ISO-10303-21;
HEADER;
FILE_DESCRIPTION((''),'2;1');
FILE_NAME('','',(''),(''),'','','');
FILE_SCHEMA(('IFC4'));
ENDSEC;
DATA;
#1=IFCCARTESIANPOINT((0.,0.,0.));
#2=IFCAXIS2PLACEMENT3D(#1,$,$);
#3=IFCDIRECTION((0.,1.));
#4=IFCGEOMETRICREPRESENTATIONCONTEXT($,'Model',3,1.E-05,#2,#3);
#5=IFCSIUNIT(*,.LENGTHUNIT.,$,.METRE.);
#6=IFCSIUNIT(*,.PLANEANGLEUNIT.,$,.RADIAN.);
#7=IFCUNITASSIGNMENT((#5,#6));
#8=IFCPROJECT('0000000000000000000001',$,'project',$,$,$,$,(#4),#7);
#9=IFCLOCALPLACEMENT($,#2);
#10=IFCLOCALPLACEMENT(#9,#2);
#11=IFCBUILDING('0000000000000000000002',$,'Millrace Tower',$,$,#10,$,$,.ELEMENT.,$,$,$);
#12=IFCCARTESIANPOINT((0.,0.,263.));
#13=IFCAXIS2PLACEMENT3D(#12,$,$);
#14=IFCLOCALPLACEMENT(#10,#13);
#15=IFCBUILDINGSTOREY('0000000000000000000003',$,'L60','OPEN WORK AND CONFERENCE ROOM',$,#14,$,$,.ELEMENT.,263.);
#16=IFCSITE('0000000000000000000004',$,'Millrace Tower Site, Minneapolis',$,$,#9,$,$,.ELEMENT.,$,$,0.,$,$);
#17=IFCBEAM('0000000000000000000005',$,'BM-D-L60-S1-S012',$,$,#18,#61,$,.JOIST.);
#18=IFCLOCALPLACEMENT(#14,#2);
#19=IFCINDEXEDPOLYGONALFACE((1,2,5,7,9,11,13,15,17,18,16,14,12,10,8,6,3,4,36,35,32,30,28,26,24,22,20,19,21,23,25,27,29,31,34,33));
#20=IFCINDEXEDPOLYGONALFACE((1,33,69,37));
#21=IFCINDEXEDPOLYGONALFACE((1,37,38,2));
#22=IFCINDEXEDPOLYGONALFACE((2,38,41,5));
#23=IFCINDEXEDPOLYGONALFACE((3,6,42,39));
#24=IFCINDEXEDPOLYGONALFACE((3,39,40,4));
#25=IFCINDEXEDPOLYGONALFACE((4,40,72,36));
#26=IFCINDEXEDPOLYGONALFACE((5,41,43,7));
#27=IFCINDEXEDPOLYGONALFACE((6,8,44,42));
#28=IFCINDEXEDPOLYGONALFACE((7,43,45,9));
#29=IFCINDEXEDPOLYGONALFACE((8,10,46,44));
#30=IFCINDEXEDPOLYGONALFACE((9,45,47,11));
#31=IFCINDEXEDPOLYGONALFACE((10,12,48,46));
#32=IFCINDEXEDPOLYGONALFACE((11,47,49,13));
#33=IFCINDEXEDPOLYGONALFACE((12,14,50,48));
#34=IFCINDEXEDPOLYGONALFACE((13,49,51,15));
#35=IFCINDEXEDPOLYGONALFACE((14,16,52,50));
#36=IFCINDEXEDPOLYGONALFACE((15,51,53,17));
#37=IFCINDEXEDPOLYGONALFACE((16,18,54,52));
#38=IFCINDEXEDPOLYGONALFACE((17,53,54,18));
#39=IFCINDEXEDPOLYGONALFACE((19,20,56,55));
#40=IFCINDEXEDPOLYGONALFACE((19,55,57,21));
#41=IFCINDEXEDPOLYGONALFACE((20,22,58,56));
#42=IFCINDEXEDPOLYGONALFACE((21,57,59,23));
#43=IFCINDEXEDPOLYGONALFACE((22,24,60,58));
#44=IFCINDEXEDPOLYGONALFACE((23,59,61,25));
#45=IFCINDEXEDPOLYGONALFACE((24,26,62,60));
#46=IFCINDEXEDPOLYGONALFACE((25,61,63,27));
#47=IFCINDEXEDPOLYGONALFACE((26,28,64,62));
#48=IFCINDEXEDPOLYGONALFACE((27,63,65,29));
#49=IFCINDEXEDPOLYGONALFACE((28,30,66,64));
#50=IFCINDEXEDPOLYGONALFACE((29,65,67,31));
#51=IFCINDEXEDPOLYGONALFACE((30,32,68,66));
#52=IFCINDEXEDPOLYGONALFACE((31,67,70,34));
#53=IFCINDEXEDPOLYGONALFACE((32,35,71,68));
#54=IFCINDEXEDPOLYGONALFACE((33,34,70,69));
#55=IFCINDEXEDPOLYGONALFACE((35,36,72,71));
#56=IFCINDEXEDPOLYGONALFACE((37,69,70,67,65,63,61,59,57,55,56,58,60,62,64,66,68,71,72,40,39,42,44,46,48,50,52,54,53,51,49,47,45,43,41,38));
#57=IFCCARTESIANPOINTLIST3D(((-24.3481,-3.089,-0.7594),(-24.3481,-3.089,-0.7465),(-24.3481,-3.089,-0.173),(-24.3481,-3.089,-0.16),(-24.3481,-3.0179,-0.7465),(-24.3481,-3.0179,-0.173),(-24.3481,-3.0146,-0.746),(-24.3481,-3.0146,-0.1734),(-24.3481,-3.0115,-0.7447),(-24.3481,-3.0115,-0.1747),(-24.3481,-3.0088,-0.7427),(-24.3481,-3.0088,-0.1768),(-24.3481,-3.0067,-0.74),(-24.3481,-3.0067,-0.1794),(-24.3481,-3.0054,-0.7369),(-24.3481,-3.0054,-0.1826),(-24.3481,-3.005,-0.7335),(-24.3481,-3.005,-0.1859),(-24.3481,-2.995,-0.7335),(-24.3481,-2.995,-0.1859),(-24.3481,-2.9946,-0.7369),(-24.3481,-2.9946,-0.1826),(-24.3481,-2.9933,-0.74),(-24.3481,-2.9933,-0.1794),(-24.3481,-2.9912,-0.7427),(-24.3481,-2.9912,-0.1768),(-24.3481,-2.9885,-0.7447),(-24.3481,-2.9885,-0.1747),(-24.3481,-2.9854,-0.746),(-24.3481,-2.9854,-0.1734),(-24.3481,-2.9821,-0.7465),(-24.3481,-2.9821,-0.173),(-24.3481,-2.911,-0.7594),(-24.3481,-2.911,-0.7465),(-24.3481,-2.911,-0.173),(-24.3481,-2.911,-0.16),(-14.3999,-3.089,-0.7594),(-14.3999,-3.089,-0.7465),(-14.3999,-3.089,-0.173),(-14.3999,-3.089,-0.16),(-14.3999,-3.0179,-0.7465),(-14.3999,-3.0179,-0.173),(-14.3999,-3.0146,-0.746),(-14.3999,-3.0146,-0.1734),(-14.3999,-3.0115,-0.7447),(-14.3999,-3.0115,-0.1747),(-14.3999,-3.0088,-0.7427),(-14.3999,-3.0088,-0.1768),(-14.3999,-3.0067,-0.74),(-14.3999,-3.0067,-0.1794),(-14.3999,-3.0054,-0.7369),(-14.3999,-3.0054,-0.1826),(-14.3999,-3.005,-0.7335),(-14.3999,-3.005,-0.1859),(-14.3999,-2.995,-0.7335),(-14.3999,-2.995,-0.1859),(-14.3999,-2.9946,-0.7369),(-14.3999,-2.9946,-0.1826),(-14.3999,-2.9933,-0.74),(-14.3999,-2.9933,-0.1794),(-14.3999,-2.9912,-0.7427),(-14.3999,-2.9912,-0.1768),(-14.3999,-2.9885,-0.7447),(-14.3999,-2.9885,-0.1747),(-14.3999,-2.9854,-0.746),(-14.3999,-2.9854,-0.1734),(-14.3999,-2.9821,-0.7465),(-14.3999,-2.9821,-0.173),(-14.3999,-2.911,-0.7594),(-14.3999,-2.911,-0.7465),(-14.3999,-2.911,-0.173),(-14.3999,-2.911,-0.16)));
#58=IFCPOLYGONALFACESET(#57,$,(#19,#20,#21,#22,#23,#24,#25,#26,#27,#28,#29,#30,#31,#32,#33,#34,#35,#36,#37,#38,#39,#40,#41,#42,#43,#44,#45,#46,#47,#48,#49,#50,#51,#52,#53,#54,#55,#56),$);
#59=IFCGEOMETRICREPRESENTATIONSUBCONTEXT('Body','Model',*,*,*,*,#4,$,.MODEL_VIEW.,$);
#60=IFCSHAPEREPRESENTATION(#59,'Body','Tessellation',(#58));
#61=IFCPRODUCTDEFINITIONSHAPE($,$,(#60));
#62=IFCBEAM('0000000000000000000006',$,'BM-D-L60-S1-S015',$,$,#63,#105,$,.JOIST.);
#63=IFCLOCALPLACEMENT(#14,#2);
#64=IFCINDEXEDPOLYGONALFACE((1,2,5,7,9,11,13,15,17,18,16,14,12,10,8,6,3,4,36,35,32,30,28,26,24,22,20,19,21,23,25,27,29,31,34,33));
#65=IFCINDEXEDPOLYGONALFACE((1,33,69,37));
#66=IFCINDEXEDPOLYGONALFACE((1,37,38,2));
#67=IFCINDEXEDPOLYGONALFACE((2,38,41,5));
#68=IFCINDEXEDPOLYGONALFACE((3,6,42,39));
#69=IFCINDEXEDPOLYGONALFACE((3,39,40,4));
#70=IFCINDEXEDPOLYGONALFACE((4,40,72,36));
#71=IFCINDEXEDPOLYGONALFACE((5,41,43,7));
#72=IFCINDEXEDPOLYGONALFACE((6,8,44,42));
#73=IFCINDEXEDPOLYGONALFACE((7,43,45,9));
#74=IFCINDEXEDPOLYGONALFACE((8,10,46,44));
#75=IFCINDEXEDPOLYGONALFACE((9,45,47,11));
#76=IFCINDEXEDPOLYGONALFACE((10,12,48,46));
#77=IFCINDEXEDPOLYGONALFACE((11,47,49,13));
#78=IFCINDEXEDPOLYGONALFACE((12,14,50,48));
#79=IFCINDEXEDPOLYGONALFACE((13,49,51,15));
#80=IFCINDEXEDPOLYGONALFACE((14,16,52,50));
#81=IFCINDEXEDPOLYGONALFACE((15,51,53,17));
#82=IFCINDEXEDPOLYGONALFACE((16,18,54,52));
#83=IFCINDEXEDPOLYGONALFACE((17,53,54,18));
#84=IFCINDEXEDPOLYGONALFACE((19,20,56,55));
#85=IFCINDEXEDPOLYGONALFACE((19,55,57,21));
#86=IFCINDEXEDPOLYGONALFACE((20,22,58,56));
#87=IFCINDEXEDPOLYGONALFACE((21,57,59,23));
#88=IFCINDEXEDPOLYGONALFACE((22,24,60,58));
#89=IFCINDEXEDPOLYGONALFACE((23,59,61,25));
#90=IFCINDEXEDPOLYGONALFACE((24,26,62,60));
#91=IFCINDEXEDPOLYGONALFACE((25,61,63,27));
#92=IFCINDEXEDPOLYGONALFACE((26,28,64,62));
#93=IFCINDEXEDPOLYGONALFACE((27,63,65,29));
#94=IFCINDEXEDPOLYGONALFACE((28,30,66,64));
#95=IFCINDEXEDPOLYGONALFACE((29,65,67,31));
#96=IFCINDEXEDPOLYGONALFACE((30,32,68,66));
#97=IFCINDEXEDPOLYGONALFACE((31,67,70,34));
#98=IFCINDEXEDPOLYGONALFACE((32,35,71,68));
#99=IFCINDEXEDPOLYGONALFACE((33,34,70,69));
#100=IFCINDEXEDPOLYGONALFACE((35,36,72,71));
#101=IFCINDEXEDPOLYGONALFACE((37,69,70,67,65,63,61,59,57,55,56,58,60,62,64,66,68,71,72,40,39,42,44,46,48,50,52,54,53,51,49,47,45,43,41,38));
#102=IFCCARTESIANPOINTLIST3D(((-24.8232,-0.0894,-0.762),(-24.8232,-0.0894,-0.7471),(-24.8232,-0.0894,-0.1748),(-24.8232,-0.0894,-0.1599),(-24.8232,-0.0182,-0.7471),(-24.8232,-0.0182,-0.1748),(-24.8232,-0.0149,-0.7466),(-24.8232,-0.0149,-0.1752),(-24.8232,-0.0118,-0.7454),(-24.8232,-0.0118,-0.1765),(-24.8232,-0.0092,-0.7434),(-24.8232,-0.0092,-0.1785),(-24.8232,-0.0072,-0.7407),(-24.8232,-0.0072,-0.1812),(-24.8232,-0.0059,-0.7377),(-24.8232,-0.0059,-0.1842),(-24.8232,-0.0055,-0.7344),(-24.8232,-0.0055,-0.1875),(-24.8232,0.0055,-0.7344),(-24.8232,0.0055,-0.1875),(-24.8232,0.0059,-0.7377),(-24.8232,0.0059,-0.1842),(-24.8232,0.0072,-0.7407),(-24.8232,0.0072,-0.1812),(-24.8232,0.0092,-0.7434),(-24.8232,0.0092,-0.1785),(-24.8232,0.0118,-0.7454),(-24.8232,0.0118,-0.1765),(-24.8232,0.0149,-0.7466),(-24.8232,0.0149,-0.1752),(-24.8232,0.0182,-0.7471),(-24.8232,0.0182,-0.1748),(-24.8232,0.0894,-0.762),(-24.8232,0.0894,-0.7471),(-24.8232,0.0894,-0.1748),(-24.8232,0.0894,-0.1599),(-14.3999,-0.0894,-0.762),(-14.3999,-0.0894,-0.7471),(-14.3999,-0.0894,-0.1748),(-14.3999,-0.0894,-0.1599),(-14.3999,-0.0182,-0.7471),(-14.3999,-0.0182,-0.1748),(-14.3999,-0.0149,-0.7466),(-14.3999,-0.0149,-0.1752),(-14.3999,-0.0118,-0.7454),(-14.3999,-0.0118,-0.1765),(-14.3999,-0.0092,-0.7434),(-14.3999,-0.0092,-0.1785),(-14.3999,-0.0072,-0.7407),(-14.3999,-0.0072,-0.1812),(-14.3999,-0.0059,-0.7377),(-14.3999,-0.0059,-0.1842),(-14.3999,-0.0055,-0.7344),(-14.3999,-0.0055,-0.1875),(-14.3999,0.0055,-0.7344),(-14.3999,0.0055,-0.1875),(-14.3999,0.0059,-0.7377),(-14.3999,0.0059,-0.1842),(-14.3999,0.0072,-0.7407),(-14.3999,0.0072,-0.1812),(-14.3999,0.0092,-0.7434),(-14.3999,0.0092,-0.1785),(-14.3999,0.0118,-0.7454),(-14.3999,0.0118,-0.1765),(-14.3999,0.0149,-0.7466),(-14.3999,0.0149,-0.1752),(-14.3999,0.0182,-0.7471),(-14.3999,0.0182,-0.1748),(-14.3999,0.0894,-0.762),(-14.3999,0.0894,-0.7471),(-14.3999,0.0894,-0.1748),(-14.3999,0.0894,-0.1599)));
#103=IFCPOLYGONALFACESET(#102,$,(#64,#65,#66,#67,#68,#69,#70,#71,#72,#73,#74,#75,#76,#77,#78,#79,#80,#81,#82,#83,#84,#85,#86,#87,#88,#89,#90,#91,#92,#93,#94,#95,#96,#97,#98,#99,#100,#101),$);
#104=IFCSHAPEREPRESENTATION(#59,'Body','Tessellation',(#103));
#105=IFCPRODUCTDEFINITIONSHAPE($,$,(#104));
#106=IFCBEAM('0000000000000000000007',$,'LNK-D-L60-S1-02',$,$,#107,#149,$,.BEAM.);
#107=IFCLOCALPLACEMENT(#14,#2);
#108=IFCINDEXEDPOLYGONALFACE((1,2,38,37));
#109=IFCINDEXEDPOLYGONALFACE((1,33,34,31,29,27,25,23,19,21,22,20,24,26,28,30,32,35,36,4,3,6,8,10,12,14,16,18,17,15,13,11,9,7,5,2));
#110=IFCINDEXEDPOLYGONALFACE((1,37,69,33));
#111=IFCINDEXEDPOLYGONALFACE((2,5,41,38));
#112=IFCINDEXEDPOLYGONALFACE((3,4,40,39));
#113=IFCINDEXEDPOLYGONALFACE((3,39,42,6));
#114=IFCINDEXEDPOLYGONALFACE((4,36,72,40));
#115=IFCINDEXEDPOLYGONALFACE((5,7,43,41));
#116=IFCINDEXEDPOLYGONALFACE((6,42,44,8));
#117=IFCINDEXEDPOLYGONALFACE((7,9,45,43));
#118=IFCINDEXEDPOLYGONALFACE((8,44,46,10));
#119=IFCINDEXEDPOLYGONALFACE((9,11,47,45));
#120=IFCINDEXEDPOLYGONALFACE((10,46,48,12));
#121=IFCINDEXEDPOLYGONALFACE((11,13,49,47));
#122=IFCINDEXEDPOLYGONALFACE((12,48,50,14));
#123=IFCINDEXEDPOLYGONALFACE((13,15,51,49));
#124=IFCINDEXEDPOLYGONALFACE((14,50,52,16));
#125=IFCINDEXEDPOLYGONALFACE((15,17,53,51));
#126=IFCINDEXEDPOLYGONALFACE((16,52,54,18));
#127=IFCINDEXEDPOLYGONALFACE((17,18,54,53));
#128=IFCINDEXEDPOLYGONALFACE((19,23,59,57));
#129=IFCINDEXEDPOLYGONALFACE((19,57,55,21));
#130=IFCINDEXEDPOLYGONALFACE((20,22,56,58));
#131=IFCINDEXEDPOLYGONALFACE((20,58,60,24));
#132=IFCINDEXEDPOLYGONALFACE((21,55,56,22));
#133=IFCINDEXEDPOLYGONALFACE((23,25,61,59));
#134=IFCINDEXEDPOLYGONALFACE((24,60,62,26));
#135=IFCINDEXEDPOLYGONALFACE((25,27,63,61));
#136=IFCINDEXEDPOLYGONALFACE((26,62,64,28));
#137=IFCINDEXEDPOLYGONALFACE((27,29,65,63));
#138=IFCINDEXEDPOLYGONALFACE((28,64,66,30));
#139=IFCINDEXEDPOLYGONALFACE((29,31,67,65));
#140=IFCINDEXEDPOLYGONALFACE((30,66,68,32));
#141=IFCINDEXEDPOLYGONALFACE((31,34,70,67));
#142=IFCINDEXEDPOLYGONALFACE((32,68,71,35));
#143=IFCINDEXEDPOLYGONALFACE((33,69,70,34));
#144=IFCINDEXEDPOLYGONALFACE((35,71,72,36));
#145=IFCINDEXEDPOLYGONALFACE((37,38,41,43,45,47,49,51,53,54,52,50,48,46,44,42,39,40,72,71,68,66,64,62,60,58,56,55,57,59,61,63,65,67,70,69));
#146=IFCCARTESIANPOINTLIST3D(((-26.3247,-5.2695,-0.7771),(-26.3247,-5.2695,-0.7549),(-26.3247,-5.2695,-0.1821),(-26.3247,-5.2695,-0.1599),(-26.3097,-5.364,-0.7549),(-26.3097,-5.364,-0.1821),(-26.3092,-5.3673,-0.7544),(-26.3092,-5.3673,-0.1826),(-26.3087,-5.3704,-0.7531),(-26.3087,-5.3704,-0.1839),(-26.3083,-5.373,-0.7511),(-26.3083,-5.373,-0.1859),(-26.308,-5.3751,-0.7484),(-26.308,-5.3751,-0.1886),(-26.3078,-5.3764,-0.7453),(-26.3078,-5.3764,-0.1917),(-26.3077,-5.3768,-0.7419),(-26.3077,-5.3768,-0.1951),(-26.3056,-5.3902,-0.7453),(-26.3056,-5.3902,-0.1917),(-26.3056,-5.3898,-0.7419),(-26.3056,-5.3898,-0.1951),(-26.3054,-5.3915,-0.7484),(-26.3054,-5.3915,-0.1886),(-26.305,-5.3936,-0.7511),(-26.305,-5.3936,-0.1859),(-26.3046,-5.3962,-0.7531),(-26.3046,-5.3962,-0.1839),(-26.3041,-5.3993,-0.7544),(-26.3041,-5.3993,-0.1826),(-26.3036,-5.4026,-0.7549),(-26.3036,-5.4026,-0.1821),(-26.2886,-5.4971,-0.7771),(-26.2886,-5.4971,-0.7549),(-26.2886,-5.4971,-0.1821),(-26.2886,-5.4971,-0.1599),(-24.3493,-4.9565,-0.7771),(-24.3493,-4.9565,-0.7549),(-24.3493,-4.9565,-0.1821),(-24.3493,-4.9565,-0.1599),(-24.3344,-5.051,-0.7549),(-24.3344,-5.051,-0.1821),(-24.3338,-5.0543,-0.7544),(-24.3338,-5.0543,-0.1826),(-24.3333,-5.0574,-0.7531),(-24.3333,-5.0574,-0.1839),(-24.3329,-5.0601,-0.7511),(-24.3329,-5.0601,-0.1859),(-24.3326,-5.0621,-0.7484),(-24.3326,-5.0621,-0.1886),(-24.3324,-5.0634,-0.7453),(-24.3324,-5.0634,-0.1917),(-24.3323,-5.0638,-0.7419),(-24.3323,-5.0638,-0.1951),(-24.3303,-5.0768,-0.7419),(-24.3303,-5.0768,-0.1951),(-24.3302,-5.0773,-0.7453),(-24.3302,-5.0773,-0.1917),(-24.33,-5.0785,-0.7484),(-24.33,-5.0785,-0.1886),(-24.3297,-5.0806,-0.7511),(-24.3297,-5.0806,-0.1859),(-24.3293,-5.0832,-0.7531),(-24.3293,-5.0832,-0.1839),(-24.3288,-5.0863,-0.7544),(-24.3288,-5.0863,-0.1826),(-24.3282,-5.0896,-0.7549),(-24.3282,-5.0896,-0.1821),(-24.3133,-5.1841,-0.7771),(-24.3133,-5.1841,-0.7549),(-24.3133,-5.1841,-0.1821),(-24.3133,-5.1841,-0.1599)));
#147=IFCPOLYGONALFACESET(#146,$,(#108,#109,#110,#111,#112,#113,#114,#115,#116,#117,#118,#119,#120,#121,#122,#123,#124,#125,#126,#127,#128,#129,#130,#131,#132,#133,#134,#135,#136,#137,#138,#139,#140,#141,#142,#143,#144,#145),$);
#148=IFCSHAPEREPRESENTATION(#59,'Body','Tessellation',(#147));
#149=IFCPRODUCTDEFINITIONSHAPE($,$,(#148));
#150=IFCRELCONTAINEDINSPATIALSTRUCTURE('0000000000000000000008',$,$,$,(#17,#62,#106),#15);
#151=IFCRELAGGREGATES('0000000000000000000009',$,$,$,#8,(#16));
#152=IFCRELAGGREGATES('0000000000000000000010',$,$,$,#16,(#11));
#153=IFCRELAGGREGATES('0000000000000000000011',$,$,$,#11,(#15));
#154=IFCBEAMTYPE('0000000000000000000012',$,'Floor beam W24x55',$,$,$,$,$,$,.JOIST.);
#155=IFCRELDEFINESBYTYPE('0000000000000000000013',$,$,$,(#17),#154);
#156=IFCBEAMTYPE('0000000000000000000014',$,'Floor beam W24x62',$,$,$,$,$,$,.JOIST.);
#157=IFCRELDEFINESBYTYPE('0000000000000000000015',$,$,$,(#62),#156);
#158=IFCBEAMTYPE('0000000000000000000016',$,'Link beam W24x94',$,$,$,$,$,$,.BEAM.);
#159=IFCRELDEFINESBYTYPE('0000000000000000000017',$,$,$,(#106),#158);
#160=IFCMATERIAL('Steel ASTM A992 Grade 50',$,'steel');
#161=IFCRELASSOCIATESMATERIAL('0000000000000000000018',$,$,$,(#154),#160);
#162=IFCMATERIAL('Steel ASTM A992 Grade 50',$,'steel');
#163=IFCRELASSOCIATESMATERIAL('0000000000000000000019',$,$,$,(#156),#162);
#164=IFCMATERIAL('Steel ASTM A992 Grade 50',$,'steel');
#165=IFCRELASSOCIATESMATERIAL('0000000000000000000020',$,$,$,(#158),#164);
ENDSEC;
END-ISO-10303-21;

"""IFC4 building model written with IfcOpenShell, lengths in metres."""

from ifc_helpers import new_model, si_unit, direction, frame, origin, origin_2d, place, context, subcontext, project, spatial, i_section, extrude, material, material_profile, profile_set, type_object, element, save


model = new_model("IFC4")

# Units and contexts
model_context = context("Model", 3, precision=1e-05, world=origin(), true_north=direction((0.0, 1.0)))
body_context = subcontext(model_context, "Body", "Model", "MODEL_VIEW")
ifc_project = project(units=[si_unit("LENGTHUNIT", "METRE"), si_unit("PLANEANGLEUNIT", "RADIAN")], contexts=[model_context])

# Site, building, storey
site_placement = place(None, origin())
site = spatial("IfcSite", under=ifc_project, at=site_placement, Name="Millrace Tower Site, Minneapolis", CompositionType="ELEMENT", RefElevation=0.0)
building_placement = place(site_placement, origin())
building = spatial("IfcBuilding", under=site, at=building_placement, Name="Millrace Tower", CompositionType="ELEMENT")
storey_placement = place(building_placement, frame((0.0, 0.0, 263.0)))
storey = spatial("IfcBuildingStorey", under=building, at=storey_placement, Name="L60", Description="OPEN WORK AND CONFERENCE ROOM", CompositionType="ELEMENT", Elevation=263.0)

# Beams
ifc_material_1 = material(Name="Steel ASTM A992 Grade 50", Category="steel")
ifc_material_profile_1 = material_profile(ifc_material_1, i_section(OverallWidth=0.178, OverallDepth=0.5994, WebThickness=0.01, FlangeThickness=0.0129, FilletRadius=0.0129, at=origin_2d()))
ifc_profile_set_1 = profile_set([ifc_material_profile_1], Name="Steel ASTM A992 Grade 50")
beam_type_1 = type_object("IfcBeamType", Name="Floor beam W24x55", PredefinedType="JOIST", material=ifc_profile_set_1)
beam_1_placement = place(storey_placement, frame((-24.3481, -3.0, -0.4597), z_axis=(1.0, 0.0, 0.0), x_axis=(0.0, 1.0, 0.0)))
element("IfcBeam", 1, at=beam_1_placement, inside=storey, type_object=beam_type_1, Name="BM-D-L60-S1-S012", PredefinedType="JOIST", context=body_context, shape_type="SweptSolid", body=[
    extrude(i_section(OverallWidth=0.178, OverallDepth=0.5994, WebThickness=0.01, FlangeThickness=0.0129, FilletRadius=0.0129, at=origin_2d()), origin(), (0.0, 0.0, 1.0), 9.9482),
])
ifc_material_2 = material(Name="Steel ASTM A992 Grade 50", Category="steel")
ifc_material_profile_2 = material_profile(ifc_material_2, i_section(OverallWidth=0.1787, OverallDepth=0.6021, WebThickness=0.011, FlangeThickness=0.0149, FilletRadius=0.0127, at=origin_2d()))
ifc_profile_set_2 = profile_set([ifc_material_profile_2], Name="Steel ASTM A992 Grade 50")
beam_type_2 = type_object("IfcBeamType", Name="Floor beam W24x62", PredefinedType="JOIST", material=ifc_profile_set_2)
beam_2_placement = place(storey_placement, frame((-24.8232, 0.0, -0.4609), z_axis=(1.0, 0.0, 0.0), x_axis=(0.0, 1.0, 0.0)))
element("IfcBeam", 2, at=beam_2_placement, inside=storey, type_object=beam_type_2, Name="BM-D-L60-S1-S015", PredefinedType="JOIST", context=body_context, shape_type="SweptSolid", body=[
    extrude(i_section(OverallWidth=0.1787, OverallDepth=0.6021, WebThickness=0.011, FlangeThickness=0.0149, FilletRadius=0.0127, at=origin_2d()), origin(), (0.0, 0.0, 1.0), 10.4233),
])
ifc_material_3 = material(Name="Steel ASTM A992 Grade 50", Category="steel")
ifc_material_profile_3 = material_profile(ifc_material_3, i_section(OverallWidth=0.2305, OverallDepth=0.6172, WebThickness=0.0132, FlangeThickness=0.0222, FilletRadius=0.0129, at=origin_2d()))
ifc_profile_set_3 = profile_set([ifc_material_profile_3], Name="Steel ASTM A992 Grade 50")
beam_type_3 = type_object("IfcBeamType", Name="Link beam W24x94", PredefinedType="BEAM", material=ifc_profile_set_3)
beam_3_placement = place(storey_placement, frame((-24.3313, -5.0703, -0.4685), z_axis=(-0.987679, -0.156495, 0.0), x_axis=(0.156495, -0.987679, 0.0)))
element("IfcBeam", 3, at=beam_3_placement, inside=storey, type_object=beam_type_3, Name="LNK-D-L60-S1-02", PredefinedType="BEAM", context=body_context, shape_type="SweptSolid", body=[
    extrude(i_section(OverallWidth=0.2305, OverallDepth=0.6172, WebThickness=0.0132, FlangeThickness=0.0222, FilletRadius=0.0129, at=origin_2d()), origin(), (0.0, 0.0, 1.0), 2.0),
])

save(model, "model.ifc")
